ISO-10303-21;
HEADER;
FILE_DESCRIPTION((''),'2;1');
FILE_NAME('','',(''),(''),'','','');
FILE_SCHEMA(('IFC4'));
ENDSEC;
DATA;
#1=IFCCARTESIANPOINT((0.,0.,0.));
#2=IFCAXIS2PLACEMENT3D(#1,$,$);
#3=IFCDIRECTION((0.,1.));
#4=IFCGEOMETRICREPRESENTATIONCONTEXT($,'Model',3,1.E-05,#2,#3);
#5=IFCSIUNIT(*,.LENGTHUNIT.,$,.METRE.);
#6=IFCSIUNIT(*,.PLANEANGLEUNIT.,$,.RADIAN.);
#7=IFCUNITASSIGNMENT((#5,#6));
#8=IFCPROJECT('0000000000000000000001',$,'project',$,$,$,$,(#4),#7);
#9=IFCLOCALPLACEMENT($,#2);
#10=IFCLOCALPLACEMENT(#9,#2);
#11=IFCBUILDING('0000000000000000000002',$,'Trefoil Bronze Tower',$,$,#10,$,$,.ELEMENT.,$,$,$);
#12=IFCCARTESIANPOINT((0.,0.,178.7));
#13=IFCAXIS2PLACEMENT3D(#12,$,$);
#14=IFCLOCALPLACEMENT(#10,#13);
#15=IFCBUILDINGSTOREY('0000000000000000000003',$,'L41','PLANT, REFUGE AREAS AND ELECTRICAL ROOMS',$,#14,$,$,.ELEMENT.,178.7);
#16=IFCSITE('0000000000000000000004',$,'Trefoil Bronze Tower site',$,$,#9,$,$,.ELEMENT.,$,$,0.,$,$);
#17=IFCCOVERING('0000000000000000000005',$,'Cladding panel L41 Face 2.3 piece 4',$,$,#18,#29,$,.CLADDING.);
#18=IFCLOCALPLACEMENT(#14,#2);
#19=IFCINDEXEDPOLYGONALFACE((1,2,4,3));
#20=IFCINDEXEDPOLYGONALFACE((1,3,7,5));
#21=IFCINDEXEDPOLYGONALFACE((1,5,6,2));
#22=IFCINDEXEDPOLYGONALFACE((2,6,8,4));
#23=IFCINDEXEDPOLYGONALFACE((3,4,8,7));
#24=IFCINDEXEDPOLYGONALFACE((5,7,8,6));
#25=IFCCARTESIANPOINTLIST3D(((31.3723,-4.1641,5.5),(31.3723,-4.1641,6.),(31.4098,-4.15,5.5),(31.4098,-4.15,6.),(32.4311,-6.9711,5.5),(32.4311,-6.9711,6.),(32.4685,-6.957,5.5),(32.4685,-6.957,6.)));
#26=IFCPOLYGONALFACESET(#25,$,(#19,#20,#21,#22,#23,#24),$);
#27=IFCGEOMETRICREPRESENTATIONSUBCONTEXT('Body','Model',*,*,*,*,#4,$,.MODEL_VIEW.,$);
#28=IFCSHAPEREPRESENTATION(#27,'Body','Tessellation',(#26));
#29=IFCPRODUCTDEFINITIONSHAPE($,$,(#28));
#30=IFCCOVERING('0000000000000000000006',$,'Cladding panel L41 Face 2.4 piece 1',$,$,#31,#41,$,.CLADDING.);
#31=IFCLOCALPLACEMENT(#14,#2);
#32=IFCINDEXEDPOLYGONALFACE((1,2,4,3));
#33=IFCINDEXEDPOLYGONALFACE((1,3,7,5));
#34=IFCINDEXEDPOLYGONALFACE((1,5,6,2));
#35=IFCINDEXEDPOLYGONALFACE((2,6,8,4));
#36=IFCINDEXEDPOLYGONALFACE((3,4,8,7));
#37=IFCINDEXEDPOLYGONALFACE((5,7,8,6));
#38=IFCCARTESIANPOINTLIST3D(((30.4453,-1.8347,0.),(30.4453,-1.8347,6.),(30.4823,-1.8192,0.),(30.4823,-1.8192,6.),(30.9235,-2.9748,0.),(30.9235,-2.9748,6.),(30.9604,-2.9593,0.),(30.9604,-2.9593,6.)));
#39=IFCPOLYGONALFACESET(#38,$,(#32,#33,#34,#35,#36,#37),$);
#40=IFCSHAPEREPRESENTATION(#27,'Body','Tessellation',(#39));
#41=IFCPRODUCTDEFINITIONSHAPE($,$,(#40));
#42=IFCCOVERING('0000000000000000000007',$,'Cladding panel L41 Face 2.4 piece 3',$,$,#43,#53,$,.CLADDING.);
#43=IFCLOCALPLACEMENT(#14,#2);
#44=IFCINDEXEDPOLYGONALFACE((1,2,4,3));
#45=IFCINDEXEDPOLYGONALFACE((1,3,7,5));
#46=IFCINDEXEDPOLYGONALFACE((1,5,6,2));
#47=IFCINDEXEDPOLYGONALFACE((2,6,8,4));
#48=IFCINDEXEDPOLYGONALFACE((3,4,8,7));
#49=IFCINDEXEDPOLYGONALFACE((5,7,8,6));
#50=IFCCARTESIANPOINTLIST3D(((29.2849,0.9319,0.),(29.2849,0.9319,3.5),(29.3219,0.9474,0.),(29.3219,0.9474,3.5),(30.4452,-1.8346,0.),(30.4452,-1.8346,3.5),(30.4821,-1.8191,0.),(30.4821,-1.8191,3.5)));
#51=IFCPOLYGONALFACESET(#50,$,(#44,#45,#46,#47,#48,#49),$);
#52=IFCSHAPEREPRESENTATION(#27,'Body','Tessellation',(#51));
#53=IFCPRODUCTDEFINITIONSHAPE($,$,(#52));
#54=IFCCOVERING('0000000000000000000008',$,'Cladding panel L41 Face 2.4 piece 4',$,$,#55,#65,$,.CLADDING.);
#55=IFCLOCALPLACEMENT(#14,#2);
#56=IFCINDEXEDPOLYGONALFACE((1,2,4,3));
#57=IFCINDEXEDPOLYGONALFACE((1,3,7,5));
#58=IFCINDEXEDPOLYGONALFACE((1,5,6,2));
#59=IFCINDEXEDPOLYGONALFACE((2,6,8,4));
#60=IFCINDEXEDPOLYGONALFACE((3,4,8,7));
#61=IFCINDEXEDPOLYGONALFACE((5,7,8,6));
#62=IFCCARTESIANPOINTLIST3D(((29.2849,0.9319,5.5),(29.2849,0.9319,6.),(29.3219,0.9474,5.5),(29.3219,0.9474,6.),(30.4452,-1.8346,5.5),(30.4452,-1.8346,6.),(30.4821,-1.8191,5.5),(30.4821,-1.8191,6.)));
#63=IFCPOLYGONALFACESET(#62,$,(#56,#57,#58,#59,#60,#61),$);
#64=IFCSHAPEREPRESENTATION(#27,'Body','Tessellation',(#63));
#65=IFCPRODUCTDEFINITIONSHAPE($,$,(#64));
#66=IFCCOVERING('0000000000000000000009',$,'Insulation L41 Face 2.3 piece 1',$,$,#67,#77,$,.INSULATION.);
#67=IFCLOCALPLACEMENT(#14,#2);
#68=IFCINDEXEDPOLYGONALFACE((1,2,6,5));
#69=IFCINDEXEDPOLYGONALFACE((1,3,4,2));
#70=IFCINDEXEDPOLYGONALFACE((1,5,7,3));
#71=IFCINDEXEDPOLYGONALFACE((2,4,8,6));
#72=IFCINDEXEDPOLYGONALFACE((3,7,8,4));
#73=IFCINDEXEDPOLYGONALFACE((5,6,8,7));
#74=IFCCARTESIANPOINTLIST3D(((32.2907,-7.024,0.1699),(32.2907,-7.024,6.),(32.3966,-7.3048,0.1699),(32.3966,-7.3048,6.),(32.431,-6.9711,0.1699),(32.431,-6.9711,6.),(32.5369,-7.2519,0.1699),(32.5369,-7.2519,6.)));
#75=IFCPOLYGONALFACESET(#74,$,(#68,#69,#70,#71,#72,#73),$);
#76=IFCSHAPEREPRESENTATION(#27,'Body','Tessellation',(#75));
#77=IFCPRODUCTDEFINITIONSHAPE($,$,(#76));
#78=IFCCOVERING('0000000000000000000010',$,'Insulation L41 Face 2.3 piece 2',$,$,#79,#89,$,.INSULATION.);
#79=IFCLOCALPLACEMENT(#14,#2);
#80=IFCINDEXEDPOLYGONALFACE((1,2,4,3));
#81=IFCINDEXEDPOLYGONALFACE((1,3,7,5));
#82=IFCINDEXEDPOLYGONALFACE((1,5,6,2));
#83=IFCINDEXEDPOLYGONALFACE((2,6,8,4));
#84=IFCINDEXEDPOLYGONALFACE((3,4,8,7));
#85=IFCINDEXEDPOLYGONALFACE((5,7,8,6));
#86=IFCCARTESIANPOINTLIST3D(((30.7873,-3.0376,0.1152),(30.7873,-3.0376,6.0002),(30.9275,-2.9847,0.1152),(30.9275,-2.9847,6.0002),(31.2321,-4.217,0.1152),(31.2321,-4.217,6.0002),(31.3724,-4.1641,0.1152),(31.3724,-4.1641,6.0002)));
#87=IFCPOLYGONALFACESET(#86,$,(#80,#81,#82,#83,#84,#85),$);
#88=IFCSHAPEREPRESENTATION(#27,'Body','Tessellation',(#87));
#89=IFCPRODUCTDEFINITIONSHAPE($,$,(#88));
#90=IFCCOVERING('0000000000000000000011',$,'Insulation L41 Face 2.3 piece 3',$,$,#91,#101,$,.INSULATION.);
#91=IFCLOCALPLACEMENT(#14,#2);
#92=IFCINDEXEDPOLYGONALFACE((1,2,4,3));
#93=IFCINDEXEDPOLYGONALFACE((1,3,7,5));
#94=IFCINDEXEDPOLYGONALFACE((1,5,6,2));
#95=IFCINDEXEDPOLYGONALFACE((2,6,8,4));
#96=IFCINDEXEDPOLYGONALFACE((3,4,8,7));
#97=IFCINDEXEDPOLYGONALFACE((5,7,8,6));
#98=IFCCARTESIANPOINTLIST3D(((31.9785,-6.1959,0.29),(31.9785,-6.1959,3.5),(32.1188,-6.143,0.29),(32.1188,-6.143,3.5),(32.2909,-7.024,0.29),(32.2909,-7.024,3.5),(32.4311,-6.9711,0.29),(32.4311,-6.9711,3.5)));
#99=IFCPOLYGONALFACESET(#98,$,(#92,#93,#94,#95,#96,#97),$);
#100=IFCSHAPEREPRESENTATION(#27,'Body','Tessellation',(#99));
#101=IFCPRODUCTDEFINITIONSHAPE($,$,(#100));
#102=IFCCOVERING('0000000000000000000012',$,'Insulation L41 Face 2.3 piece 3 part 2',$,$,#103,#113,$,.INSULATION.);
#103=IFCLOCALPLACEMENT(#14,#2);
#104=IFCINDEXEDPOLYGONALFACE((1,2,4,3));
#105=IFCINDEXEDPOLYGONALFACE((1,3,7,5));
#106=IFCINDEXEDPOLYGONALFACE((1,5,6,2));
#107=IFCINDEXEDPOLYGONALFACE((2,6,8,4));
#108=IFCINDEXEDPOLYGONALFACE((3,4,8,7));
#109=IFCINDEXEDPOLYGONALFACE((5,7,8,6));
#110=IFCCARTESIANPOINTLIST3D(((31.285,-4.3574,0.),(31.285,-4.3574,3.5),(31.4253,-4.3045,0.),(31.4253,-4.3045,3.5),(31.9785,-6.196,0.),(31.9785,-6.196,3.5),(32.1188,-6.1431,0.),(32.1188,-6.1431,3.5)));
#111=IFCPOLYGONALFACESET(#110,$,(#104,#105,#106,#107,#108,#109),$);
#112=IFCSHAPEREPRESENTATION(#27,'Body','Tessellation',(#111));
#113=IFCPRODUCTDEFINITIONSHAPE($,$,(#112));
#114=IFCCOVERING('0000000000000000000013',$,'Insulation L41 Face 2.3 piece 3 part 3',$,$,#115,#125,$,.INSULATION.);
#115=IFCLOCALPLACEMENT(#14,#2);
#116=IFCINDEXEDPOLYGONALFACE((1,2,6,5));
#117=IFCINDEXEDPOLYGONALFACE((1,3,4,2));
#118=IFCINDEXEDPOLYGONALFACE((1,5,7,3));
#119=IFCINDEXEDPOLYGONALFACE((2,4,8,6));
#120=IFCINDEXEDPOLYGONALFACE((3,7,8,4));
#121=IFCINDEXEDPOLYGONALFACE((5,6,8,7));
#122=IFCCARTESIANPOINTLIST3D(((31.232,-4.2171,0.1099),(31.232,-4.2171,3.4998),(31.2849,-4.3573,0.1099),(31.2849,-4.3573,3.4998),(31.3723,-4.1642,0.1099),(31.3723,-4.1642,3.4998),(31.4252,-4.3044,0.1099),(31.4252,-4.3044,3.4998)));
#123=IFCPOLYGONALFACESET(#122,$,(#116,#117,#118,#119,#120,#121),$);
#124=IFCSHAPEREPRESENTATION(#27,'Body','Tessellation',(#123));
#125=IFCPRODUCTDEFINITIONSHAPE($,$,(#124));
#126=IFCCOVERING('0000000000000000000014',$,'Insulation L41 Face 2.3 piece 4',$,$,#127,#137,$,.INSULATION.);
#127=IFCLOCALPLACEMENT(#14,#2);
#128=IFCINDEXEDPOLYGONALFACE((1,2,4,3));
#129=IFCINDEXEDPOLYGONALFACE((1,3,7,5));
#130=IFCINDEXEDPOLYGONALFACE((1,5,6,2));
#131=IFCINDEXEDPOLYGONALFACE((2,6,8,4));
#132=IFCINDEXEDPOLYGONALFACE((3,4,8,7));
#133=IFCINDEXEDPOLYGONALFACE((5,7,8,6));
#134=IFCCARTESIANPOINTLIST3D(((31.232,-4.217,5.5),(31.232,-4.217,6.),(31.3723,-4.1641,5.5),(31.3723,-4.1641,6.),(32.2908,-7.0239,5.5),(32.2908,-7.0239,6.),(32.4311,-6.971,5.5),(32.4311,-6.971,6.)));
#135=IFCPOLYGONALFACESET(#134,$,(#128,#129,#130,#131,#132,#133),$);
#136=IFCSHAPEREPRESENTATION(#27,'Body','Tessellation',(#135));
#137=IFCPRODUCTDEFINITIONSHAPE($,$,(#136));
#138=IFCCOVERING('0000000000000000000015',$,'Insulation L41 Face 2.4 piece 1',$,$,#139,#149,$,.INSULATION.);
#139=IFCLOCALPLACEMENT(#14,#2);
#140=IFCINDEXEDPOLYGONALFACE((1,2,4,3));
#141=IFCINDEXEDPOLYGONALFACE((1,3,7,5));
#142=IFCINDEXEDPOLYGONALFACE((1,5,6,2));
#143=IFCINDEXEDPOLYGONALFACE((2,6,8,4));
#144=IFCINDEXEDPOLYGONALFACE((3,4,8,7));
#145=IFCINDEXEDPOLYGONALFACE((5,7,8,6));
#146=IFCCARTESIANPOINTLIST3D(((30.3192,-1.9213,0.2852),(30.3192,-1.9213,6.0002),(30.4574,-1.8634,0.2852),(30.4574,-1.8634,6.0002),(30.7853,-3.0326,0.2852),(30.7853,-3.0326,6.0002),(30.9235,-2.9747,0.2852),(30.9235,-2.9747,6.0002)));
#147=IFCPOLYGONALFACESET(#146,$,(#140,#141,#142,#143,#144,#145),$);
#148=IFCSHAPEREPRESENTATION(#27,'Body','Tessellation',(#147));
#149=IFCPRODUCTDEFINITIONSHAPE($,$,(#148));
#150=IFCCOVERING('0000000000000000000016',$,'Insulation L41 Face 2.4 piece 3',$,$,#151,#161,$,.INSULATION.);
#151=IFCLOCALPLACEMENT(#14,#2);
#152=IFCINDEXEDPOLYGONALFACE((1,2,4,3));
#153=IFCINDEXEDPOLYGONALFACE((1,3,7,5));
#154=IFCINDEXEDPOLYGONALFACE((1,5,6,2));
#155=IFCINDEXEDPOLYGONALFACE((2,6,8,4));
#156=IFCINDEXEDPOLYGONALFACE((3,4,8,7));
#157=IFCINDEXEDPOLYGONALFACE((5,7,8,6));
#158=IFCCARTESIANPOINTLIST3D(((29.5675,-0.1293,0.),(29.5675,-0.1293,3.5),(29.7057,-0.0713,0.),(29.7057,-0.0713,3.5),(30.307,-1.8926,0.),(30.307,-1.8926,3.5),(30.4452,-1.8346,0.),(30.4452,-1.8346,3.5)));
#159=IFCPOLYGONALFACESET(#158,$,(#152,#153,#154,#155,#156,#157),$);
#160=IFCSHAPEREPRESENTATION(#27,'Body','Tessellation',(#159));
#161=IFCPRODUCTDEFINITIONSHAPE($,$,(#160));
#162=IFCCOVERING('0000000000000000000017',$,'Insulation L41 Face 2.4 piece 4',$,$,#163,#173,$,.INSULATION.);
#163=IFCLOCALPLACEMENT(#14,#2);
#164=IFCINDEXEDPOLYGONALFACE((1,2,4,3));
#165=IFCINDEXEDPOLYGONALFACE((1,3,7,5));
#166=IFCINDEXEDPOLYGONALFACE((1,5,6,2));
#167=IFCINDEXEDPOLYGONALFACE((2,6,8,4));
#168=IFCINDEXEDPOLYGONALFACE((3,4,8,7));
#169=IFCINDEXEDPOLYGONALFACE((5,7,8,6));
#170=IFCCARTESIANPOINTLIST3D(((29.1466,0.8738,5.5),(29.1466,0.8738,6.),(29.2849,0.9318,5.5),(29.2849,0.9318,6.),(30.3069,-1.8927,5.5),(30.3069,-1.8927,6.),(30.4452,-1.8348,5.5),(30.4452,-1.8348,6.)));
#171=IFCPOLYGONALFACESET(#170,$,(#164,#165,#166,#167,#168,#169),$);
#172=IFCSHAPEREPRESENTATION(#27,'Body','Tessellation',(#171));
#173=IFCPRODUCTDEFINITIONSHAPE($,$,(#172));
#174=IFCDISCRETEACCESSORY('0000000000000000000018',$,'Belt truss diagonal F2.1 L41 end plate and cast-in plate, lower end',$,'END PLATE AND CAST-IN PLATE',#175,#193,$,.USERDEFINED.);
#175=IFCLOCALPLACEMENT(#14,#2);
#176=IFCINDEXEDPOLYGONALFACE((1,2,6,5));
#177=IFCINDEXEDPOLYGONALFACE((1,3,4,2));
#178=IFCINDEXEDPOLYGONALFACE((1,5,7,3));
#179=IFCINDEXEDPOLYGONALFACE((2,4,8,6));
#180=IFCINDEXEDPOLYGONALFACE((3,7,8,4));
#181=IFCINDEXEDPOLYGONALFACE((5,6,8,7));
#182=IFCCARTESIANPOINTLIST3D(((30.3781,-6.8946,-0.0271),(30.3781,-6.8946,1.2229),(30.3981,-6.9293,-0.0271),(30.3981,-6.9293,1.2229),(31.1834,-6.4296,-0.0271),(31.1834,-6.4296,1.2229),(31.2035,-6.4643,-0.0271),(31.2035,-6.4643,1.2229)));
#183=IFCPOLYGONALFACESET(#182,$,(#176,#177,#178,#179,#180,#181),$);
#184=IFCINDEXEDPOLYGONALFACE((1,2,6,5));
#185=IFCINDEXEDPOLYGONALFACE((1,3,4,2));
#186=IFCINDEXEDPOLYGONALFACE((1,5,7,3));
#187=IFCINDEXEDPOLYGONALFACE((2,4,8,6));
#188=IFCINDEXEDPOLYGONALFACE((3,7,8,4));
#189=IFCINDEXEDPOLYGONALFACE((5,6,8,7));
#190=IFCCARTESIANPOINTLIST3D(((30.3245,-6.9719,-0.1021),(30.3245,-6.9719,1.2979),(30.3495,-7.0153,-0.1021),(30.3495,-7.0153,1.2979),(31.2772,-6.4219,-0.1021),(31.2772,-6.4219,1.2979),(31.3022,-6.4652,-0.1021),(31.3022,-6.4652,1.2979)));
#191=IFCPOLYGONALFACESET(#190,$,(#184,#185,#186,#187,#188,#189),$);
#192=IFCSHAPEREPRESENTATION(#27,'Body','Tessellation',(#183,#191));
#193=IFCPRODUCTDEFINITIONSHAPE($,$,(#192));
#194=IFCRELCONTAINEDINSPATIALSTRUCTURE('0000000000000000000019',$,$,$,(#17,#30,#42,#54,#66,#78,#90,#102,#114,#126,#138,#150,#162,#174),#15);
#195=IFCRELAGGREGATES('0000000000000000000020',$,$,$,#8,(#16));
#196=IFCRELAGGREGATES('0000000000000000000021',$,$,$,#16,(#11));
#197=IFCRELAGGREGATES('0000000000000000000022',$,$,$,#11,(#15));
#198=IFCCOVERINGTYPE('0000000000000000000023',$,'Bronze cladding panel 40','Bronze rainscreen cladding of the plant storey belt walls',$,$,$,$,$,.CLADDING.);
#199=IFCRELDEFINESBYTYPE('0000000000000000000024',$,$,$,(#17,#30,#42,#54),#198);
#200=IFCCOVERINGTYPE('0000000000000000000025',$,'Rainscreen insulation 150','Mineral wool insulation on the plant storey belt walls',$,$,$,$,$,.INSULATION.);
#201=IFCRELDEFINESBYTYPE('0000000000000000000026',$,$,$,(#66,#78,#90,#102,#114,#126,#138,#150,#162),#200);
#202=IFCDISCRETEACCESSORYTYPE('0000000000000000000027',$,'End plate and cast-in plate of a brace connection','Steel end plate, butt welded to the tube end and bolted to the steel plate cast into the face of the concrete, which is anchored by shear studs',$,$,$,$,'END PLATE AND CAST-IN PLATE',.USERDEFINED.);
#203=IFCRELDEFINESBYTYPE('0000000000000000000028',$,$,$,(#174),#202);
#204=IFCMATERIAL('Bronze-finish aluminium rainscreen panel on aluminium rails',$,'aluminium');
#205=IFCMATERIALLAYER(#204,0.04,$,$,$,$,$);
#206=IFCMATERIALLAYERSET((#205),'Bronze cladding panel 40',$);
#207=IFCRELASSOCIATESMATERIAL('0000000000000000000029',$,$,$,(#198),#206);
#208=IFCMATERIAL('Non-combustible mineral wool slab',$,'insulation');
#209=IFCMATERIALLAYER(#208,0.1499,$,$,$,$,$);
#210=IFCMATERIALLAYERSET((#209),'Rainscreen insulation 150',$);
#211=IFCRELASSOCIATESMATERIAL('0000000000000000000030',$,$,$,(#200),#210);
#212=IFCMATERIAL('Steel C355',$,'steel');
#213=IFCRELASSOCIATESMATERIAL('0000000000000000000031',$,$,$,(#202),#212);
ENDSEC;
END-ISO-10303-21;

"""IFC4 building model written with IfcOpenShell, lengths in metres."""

from ifc_helpers import new_model, si_unit, direction, frame, origin, origin_2d, place, context, subcontext, project, spatial, rectangle, extrude, material, layer, layer_set, type_object, element, save


model = new_model("IFC4")

# Units and contexts
model_context = context("Model", 3, precision=1e-05, world=origin(), true_north=direction((0.0, 1.0)))
body_context = subcontext(model_context, "Body", "Model", "MODEL_VIEW")
ifc_project = project(units=[si_unit("LENGTHUNIT", "METRE"), si_unit("PLANEANGLEUNIT", "RADIAN")], contexts=[model_context])

# Site, building, storey
site_placement = place(None, origin())
site = spatial("IfcSite", under=ifc_project, at=site_placement, Name="Trefoil Bronze Tower site", CompositionType="ELEMENT", RefElevation=0.0)
building_placement = place(site_placement, origin())
building = spatial("IfcBuilding", under=site, at=building_placement, Name="Trefoil Bronze Tower", CompositionType="ELEMENT")
storey_placement = place(building_placement, frame((0.0, 0.0, 178.7)))
storey = spatial("IfcBuildingStorey", under=building, at=storey_placement, Name="L41", Description="PLANT, REFUGE AREAS AND ELECTRICAL ROOMS", CompositionType="ELEMENT", Elevation=178.7)

# Coverings
ifc_material_1 = material(Name="Bronze-finish aluminium rainscreen panel on aluminium rails", Category="aluminium")
ifc_layer_1 = layer(ifc_material_1, 0.04)
ifc_layer_set_1 = layer_set([ifc_layer_1], Name="Bronze cladding panel 40")
covering_type_1 = type_object("IfcCoveringType", Name="Bronze cladding panel 40", Description="Bronze rainscreen cladding of the plant storey belt walls", PredefinedType="CLADDING", material=ifc_layer_set_1)
covering_1_placement = place(storey_placement, frame((31.9204, -5.5605, 5.5), z_axis=(0.0, 0.0, 1.0), x_axis=(-0.35292, 0.935654, 0.0)))
element("IfcCovering", 1, at=covering_1_placement, inside=storey, type_object=covering_type_1, Name="Cladding panel L41 Face 2.3 piece 4", PredefinedType="CLADDING", context=body_context, shape_type="SweptSolid", body=[
    extrude(rectangle(XDim=3.0, YDim=0.04, at=origin_2d()), origin(), (0.0, 0.0, 1.0), 0.5),
])
covering_2_placement = place(storey_placement, frame((30.7029, -2.397, 0.0), z_axis=(0.0, 0.0, 1.0), x_axis=(-0.386759, 0.922181, 0.0)))
element("IfcCovering", 2, at=covering_2_placement, inside=storey, type_object=covering_type_1, Name="Cladding panel L41 Face 2.4 piece 1", PredefinedType="CLADDING", context=body_context, shape_type="SweptSolid", body=[
    extrude(rectangle(XDim=1.2363, YDim=0.04, at=origin_2d()), origin(), (0.0, 0.0, 1.0), 6.0),
])
covering_3_placement = place(storey_placement, frame((29.8835, -0.4436, 0.0), z_axis=(0.0, 0.0, 1.0), x_axis=(-0.386759, 0.922181, 0.0)))
element("IfcCovering", 3, at=covering_3_placement, inside=storey, type_object=covering_type_1, Name="Cladding panel L41 Face 2.4 piece 3", PredefinedType="CLADDING", context=body_context, shape_type="SweptSolid", body=[
    extrude(rectangle(XDim=3.0, YDim=0.04, at=origin_2d()), origin(), (0.0, 0.0, 1.0), 3.5),
])
covering_4_placement = place(storey_placement, frame((29.8835, -0.4436, 5.5), z_axis=(0.0, 0.0, 1.0), x_axis=(-0.386759, 0.922181, 0.0)))
element("IfcCovering", 4, at=covering_4_placement, inside=storey, type_object=covering_type_1, Name="Cladding panel L41 Face 2.4 piece 4", PredefinedType="CLADDING", context=body_context, shape_type="SweptSolid", body=[
    extrude(rectangle(XDim=3.0, YDim=0.04, at=origin_2d()), origin(), (0.0, 0.0, 1.0), 0.5),
])
ifc_material_2 = material(Name="Non-combustible mineral wool slab", Category="insulation")
ifc_layer_2 = layer(ifc_material_2, 0.1499)
ifc_layer_set_2 = layer_set([ifc_layer_2], Name="Rainscreen insulation 150")
covering_type_2 = type_object("IfcCoveringType", Name="Rainscreen insulation 150", Description="Mineral wool insulation on the plant storey belt walls", PredefinedType="INSULATION", material=ifc_layer_set_2)
covering_5_placement = place(storey_placement, frame((32.4138, -7.1379, 0.1699), z_axis=(0.0, 0.0, 1.0), x_axis=(-0.35292, 0.935654, 0.0)))
element("IfcCovering", 5, at=covering_5_placement, inside=storey, type_object=covering_type_2, Name="Insulation L41 Face 2.3 piece 1", PredefinedType="INSULATION", context=body_context, shape_type="SweptSolid", body=[
    extrude(rectangle(XDim=0.3, YDim=0.1499, at=origin_2d()), origin(), (0.0, 0.0, 1.0), 5.8301),
])
covering_6_placement = place(storey_placement, frame((31.0798, -3.6008, 0.1152), z_axis=(0.0, 0.0, 1.0), x_axis=(-0.35292, 0.935654, 0.0)))
element("IfcCovering", 6, at=covering_6_placement, inside=storey, type_object=covering_type_2, Name="Insulation L41 Face 2.3 piece 2", PredefinedType="INSULATION", context=body_context, shape_type="SweptSolid", body=[
    extrude(rectangle(XDim=1.2605, YDim=0.1499, at=origin_2d()), origin(), (0.0, 0.0, 1.0), 5.885),
])
covering_7_placement = place(storey_placement, frame((32.2048, -6.5835, 0.29), z_axis=(0.0, 0.0, 1.0), x_axis=(-0.35292, 0.935654, 0.0)))
element("IfcCovering", 7, at=covering_7_placement, inside=storey, type_object=covering_type_2, Name="Insulation L41 Face 2.3 piece 3", PredefinedType="INSULATION", context=body_context, shape_type="SweptSolid", body=[
    extrude(rectangle(XDim=0.885, YDim=0.1499, at=origin_2d()), origin(), (0.0, 0.0, 1.0), 3.21),
])
covering_8_placement = place(storey_placement, frame((31.7019, -5.2502, 0.0), z_axis=(0.0, 0.0, 1.0), x_axis=(-0.35292, 0.935654, 0.0)))
element("IfcCovering", 8, at=covering_8_placement, inside=storey, type_object=covering_type_2, Name="Insulation L41 Face 2.3 piece 3 part 2", PredefinedType="INSULATION", context=body_context, shape_type="SweptSolid", body=[
    extrude(rectangle(XDim=1.9651, YDim=0.1499, at=origin_2d()), origin(), (0.0, 0.0, 1.0), 3.5),
])
covering_9_placement = place(storey_placement, frame((31.3286, -4.2607, 0.1099), z_axis=(0.0, 0.0, 1.0), x_axis=(-0.35292, 0.935654, 0.0)))
element("IfcCovering", 9, at=covering_9_placement, inside=storey, type_object=covering_type_2, Name="Insulation L41 Face 2.3 piece 3 part 3", PredefinedType="INSULATION", context=body_context, shape_type="SweptSolid", body=[
    extrude(rectangle(XDim=0.1499, YDim=0.1499, at=origin_2d()), origin(), (0.0, 0.0, 1.0), 3.3899),
])
covering_10_placement = place(storey_placement, frame((31.8315, -5.594, 5.5), z_axis=(0.0, 0.0, 1.0), x_axis=(-0.35292, 0.935654, 0.0)))
element("IfcCovering", 10, at=covering_10_placement, inside=storey, type_object=covering_type_2, Name="Insulation L41 Face 2.3 piece 4", PredefinedType="INSULATION", context=body_context, shape_type="SweptSolid", body=[
    extrude(rectangle(XDim=3.0, YDim=0.1499, at=origin_2d()), origin(), (0.0, 0.0, 1.0), 0.5),
])
covering_11_placement = place(storey_placement, frame((30.6213, -2.448, 0.2852), z_axis=(0.0, 0.0, 1.0), x_axis=(-0.386759, 0.922181, 0.0)))
element("IfcCovering", 11, at=covering_11_placement, inside=storey, type_object=covering_type_2, Name="Insulation L41 Face 2.4 piece 1", PredefinedType="INSULATION", context=body_context, shape_type="SweptSolid", body=[
    extrude(rectangle(XDim=1.2051, YDim=0.1499, at=origin_2d()), origin(), (0.0, 0.0, 1.0), 5.7151),
])
covering_12_placement = place(storey_placement, frame((30.0063, -0.9819, 0.0), z_axis=(0.0, 0.0, 1.0), x_axis=(-0.386759, 0.922181, 0.0)))
element("IfcCovering", 12, at=covering_12_placement, inside=storey, type_object=covering_type_2, Name="Insulation L41 Face 2.4 piece 3", PredefinedType="INSULATION", context=body_context, shape_type="SweptSolid", body=[
    extrude(rectangle(XDim=1.9121, YDim=0.1499, at=origin_2d()), origin(), (0.0, 0.0, 1.0), 3.5),
])
covering_13_placement = place(storey_placement, frame((29.7959, -0.4805, 5.5), z_axis=(0.0, 0.0, 1.0), x_axis=(-0.386759, 0.922181, 0.0)))
element("IfcCovering", 13, at=covering_13_placement, inside=storey, type_object=covering_type_2, Name="Insulation L41 Face 2.4 piece 4", PredefinedType="INSULATION", context=body_context, shape_type="SweptSolid", body=[
    extrude(rectangle(XDim=3.0, YDim=0.1499, at=origin_2d()), origin(), (0.0, 0.0, 1.0), 0.5),
])

# Discrete accessory
ifc_material_3 = material(Name="Steel C355", Category="steel")
discrete_accessory_type = type_object("IfcDiscreteAccessoryType", Name="End plate and cast-in plate of a brace connection", Description="Steel end plate, butt welded to the tube end and bolted to the steel plate cast into the face of the concrete, which is anchored by shear studs", ElementType="END PLATE AND CAST-IN PLATE", PredefinedType="USERDEFINED", material=ifc_material_3)
for number, where, z_axis, x_axis, name in (
    (14, (30.8008, -6.6968, 0.5979), (0.0, 0.0, 1.0), (-0.5, 0.866025, 0.0), "Belt truss diagonal F2.1 L41 end plate and cast-in plate, lower end"),
):
    element("IfcDiscreteAccessory", number, at=place(storey_placement, frame(where, z_axis=z_axis, x_axis=x_axis)), inside=storey, type_object=discrete_accessory_type, Name=name, ObjectType="END PLATE AND CAST-IN PLATE", PredefinedType="USERDEFINED", context=body_context, shape_type="SweptSolid", body=[
        extrude(rectangle(XDim=0.04, YDim=0.9299, at=origin_2d()), frame((0.02, 0.0, -0.625)), (0.0, 0.0, 1.0), 1.25),
        extrude(rectangle(XDim=0.05, YDim=1.1001, at=origin_2d()), frame((-0.0251, 0.0, -0.7)), (0.0, 0.0, 1.0), 1.3999),
    ])

save(model, "model.ifc")
